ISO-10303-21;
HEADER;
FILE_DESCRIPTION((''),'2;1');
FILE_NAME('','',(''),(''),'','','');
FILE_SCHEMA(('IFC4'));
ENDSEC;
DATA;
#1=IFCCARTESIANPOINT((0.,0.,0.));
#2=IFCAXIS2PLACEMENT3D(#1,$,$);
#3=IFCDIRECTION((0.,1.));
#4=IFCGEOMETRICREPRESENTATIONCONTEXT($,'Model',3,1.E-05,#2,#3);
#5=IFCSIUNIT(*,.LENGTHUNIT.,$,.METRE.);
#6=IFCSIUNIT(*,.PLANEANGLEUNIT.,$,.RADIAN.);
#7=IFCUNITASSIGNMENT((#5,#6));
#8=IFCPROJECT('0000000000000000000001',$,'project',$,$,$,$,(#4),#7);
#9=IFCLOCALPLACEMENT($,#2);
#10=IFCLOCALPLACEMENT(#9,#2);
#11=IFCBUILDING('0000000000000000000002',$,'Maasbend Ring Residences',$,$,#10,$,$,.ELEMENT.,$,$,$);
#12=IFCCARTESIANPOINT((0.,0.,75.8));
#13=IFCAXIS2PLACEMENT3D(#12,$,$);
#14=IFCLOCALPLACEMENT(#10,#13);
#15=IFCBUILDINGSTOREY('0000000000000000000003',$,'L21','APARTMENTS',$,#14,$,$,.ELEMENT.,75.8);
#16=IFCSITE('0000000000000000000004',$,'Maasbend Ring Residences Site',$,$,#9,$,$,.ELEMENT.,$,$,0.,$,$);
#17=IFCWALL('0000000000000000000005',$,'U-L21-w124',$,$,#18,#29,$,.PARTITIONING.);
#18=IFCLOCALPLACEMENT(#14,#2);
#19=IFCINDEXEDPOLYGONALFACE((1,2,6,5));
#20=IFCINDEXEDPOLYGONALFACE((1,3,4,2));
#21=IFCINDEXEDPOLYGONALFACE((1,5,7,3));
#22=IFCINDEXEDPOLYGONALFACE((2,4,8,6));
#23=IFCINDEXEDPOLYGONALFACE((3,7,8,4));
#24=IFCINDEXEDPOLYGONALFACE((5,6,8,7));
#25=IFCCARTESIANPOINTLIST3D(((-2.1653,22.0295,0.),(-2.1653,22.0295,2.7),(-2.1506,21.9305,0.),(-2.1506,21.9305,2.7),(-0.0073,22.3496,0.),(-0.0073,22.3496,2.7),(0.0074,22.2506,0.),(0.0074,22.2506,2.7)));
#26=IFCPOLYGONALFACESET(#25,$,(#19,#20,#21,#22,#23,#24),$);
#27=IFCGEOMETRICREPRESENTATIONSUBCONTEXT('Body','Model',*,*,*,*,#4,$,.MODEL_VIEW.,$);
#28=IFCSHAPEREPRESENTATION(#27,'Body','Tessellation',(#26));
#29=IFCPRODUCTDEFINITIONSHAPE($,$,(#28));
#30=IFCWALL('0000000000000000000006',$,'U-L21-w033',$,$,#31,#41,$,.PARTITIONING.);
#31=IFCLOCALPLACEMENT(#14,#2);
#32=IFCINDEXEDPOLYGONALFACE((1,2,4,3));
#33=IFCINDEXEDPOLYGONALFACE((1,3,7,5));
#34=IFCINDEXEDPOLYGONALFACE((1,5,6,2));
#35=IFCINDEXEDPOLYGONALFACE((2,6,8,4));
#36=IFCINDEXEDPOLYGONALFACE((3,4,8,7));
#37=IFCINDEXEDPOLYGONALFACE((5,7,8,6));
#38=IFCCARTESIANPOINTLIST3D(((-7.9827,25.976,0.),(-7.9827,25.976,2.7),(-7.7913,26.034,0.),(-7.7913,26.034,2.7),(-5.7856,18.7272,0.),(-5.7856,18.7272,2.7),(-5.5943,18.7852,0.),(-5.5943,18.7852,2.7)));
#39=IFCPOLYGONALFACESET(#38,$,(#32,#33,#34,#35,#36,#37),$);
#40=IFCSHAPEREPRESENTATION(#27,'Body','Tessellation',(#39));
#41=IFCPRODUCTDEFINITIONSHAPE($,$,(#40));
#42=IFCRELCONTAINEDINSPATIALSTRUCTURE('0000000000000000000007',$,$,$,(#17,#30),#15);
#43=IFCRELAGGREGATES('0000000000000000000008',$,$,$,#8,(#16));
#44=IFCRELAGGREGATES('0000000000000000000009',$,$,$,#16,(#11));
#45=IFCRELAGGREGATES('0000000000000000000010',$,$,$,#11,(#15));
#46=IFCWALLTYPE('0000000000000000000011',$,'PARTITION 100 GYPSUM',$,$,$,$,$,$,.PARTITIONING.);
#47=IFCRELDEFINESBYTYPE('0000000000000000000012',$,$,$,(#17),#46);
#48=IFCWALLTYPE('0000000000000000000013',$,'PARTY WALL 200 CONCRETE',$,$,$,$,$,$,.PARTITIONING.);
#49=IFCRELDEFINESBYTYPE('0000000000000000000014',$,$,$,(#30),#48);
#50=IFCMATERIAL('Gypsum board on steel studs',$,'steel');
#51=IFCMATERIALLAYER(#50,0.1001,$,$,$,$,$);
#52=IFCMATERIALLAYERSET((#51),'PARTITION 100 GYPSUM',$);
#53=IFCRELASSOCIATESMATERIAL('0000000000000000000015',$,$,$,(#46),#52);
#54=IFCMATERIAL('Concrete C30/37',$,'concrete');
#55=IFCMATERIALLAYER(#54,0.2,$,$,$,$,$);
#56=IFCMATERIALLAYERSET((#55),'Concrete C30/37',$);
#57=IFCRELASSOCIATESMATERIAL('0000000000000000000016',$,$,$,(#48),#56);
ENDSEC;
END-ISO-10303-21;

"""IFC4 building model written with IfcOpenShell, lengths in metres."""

from ifc_helpers import new_model, si_unit, direction, frame, frame_2d, origin, place, context, subcontext, project, spatial, rectangle, extrude, material, layer, layer_set, type_object, element, save


model = new_model("IFC4")

# Units and contexts
model_context = context("Model", 3, precision=1e-05, world=origin(), true_north=direction((0.0, 1.0)))
body_context = subcontext(model_context, "Body", "Model", "MODEL_VIEW")
ifc_project = project(units=[si_unit("LENGTHUNIT", "METRE"), si_unit("PLANEANGLEUNIT", "RADIAN")], contexts=[model_context])

# Site, building, storey
site_placement = place(None, origin())
site = spatial("IfcSite", under=ifc_project, at=site_placement, Name="Maasbend Ring Residences Site", CompositionType="ELEMENT", RefElevation=0.0)
building_placement = place(site_placement, origin())
building = spatial("IfcBuilding", under=site, at=building_placement, Name="Maasbend Ring Residences", CompositionType="ELEMENT")
storey_placement = place(building_placement, frame((0.0, 0.0, 75.8)))
storey = spatial("IfcBuildingStorey", under=building, at=storey_placement, Name="L21", Description="APARTMENTS", CompositionType="ELEMENT", Elevation=75.8)

# Shared definitions
ifc_material_1 = material(Name="Gypsum board on steel studs", Category="steel")
ifc_layer_1 = layer(ifc_material_1, 0.1001)
ifc_layer_set_1 = layer_set([ifc_layer_1], Name="PARTITION 100 GYPSUM")
wall_type_1 = type_object("IfcWallType", Name="PARTITION 100 GYPSUM", PredefinedType="PARTITIONING", material=ifc_layer_set_1)

# Walls
wall_1_placement = place(storey_placement, frame((-2.158, 21.98, 0.0), z_axis=(0.0, 0.0, 1.0), x_axis=(0.989179, 0.146715, 0.0)))
element("IfcWall", 1, at=wall_1_placement, inside=storey, type_object=wall_type_1, Name="U-L21-w124", PredefinedType="PARTITIONING", context=body_context, shape_type="SweptSolid", body=[
    extrude(rectangle(XDim=2.1816, YDim=0.1001, at=frame_2d((1.0908, 0.0))), origin(), (0.0, 0.0, 1.0), 2.7),
])
ifc_material_2 = material(Name="Concrete C30/37", Category="concrete")
ifc_layer_2 = layer(ifc_material_2, 0.2)
ifc_layer_set_2 = layer_set([ifc_layer_2], Name="Concrete C30/37")
wall_type_2 = type_object("IfcWallType", Name="PARTY WALL 200 CONCRETE", PredefinedType="PARTITIONING", material=ifc_layer_set_2)
wall_2_placement = place(storey_placement, frame((-7.887, 26.0049, 0.0), z_axis=(0.0, 0.0, 1.0), x_axis=(0.290058, -0.957009, 0.0)))
element("IfcWall", 2, at=wall_2_placement, inside=storey, type_object=wall_type_2, Name="U-L21-w033", PredefinedType="PARTITIONING", context=body_context, shape_type="SweptSolid", body=[
    extrude(rectangle(XDim=7.5745, YDim=0.2, at=frame_2d((3.7871, 0.0))), origin(), (0.0, 0.0, 1.0), 2.7),
])

save(model, "model.ifc")
